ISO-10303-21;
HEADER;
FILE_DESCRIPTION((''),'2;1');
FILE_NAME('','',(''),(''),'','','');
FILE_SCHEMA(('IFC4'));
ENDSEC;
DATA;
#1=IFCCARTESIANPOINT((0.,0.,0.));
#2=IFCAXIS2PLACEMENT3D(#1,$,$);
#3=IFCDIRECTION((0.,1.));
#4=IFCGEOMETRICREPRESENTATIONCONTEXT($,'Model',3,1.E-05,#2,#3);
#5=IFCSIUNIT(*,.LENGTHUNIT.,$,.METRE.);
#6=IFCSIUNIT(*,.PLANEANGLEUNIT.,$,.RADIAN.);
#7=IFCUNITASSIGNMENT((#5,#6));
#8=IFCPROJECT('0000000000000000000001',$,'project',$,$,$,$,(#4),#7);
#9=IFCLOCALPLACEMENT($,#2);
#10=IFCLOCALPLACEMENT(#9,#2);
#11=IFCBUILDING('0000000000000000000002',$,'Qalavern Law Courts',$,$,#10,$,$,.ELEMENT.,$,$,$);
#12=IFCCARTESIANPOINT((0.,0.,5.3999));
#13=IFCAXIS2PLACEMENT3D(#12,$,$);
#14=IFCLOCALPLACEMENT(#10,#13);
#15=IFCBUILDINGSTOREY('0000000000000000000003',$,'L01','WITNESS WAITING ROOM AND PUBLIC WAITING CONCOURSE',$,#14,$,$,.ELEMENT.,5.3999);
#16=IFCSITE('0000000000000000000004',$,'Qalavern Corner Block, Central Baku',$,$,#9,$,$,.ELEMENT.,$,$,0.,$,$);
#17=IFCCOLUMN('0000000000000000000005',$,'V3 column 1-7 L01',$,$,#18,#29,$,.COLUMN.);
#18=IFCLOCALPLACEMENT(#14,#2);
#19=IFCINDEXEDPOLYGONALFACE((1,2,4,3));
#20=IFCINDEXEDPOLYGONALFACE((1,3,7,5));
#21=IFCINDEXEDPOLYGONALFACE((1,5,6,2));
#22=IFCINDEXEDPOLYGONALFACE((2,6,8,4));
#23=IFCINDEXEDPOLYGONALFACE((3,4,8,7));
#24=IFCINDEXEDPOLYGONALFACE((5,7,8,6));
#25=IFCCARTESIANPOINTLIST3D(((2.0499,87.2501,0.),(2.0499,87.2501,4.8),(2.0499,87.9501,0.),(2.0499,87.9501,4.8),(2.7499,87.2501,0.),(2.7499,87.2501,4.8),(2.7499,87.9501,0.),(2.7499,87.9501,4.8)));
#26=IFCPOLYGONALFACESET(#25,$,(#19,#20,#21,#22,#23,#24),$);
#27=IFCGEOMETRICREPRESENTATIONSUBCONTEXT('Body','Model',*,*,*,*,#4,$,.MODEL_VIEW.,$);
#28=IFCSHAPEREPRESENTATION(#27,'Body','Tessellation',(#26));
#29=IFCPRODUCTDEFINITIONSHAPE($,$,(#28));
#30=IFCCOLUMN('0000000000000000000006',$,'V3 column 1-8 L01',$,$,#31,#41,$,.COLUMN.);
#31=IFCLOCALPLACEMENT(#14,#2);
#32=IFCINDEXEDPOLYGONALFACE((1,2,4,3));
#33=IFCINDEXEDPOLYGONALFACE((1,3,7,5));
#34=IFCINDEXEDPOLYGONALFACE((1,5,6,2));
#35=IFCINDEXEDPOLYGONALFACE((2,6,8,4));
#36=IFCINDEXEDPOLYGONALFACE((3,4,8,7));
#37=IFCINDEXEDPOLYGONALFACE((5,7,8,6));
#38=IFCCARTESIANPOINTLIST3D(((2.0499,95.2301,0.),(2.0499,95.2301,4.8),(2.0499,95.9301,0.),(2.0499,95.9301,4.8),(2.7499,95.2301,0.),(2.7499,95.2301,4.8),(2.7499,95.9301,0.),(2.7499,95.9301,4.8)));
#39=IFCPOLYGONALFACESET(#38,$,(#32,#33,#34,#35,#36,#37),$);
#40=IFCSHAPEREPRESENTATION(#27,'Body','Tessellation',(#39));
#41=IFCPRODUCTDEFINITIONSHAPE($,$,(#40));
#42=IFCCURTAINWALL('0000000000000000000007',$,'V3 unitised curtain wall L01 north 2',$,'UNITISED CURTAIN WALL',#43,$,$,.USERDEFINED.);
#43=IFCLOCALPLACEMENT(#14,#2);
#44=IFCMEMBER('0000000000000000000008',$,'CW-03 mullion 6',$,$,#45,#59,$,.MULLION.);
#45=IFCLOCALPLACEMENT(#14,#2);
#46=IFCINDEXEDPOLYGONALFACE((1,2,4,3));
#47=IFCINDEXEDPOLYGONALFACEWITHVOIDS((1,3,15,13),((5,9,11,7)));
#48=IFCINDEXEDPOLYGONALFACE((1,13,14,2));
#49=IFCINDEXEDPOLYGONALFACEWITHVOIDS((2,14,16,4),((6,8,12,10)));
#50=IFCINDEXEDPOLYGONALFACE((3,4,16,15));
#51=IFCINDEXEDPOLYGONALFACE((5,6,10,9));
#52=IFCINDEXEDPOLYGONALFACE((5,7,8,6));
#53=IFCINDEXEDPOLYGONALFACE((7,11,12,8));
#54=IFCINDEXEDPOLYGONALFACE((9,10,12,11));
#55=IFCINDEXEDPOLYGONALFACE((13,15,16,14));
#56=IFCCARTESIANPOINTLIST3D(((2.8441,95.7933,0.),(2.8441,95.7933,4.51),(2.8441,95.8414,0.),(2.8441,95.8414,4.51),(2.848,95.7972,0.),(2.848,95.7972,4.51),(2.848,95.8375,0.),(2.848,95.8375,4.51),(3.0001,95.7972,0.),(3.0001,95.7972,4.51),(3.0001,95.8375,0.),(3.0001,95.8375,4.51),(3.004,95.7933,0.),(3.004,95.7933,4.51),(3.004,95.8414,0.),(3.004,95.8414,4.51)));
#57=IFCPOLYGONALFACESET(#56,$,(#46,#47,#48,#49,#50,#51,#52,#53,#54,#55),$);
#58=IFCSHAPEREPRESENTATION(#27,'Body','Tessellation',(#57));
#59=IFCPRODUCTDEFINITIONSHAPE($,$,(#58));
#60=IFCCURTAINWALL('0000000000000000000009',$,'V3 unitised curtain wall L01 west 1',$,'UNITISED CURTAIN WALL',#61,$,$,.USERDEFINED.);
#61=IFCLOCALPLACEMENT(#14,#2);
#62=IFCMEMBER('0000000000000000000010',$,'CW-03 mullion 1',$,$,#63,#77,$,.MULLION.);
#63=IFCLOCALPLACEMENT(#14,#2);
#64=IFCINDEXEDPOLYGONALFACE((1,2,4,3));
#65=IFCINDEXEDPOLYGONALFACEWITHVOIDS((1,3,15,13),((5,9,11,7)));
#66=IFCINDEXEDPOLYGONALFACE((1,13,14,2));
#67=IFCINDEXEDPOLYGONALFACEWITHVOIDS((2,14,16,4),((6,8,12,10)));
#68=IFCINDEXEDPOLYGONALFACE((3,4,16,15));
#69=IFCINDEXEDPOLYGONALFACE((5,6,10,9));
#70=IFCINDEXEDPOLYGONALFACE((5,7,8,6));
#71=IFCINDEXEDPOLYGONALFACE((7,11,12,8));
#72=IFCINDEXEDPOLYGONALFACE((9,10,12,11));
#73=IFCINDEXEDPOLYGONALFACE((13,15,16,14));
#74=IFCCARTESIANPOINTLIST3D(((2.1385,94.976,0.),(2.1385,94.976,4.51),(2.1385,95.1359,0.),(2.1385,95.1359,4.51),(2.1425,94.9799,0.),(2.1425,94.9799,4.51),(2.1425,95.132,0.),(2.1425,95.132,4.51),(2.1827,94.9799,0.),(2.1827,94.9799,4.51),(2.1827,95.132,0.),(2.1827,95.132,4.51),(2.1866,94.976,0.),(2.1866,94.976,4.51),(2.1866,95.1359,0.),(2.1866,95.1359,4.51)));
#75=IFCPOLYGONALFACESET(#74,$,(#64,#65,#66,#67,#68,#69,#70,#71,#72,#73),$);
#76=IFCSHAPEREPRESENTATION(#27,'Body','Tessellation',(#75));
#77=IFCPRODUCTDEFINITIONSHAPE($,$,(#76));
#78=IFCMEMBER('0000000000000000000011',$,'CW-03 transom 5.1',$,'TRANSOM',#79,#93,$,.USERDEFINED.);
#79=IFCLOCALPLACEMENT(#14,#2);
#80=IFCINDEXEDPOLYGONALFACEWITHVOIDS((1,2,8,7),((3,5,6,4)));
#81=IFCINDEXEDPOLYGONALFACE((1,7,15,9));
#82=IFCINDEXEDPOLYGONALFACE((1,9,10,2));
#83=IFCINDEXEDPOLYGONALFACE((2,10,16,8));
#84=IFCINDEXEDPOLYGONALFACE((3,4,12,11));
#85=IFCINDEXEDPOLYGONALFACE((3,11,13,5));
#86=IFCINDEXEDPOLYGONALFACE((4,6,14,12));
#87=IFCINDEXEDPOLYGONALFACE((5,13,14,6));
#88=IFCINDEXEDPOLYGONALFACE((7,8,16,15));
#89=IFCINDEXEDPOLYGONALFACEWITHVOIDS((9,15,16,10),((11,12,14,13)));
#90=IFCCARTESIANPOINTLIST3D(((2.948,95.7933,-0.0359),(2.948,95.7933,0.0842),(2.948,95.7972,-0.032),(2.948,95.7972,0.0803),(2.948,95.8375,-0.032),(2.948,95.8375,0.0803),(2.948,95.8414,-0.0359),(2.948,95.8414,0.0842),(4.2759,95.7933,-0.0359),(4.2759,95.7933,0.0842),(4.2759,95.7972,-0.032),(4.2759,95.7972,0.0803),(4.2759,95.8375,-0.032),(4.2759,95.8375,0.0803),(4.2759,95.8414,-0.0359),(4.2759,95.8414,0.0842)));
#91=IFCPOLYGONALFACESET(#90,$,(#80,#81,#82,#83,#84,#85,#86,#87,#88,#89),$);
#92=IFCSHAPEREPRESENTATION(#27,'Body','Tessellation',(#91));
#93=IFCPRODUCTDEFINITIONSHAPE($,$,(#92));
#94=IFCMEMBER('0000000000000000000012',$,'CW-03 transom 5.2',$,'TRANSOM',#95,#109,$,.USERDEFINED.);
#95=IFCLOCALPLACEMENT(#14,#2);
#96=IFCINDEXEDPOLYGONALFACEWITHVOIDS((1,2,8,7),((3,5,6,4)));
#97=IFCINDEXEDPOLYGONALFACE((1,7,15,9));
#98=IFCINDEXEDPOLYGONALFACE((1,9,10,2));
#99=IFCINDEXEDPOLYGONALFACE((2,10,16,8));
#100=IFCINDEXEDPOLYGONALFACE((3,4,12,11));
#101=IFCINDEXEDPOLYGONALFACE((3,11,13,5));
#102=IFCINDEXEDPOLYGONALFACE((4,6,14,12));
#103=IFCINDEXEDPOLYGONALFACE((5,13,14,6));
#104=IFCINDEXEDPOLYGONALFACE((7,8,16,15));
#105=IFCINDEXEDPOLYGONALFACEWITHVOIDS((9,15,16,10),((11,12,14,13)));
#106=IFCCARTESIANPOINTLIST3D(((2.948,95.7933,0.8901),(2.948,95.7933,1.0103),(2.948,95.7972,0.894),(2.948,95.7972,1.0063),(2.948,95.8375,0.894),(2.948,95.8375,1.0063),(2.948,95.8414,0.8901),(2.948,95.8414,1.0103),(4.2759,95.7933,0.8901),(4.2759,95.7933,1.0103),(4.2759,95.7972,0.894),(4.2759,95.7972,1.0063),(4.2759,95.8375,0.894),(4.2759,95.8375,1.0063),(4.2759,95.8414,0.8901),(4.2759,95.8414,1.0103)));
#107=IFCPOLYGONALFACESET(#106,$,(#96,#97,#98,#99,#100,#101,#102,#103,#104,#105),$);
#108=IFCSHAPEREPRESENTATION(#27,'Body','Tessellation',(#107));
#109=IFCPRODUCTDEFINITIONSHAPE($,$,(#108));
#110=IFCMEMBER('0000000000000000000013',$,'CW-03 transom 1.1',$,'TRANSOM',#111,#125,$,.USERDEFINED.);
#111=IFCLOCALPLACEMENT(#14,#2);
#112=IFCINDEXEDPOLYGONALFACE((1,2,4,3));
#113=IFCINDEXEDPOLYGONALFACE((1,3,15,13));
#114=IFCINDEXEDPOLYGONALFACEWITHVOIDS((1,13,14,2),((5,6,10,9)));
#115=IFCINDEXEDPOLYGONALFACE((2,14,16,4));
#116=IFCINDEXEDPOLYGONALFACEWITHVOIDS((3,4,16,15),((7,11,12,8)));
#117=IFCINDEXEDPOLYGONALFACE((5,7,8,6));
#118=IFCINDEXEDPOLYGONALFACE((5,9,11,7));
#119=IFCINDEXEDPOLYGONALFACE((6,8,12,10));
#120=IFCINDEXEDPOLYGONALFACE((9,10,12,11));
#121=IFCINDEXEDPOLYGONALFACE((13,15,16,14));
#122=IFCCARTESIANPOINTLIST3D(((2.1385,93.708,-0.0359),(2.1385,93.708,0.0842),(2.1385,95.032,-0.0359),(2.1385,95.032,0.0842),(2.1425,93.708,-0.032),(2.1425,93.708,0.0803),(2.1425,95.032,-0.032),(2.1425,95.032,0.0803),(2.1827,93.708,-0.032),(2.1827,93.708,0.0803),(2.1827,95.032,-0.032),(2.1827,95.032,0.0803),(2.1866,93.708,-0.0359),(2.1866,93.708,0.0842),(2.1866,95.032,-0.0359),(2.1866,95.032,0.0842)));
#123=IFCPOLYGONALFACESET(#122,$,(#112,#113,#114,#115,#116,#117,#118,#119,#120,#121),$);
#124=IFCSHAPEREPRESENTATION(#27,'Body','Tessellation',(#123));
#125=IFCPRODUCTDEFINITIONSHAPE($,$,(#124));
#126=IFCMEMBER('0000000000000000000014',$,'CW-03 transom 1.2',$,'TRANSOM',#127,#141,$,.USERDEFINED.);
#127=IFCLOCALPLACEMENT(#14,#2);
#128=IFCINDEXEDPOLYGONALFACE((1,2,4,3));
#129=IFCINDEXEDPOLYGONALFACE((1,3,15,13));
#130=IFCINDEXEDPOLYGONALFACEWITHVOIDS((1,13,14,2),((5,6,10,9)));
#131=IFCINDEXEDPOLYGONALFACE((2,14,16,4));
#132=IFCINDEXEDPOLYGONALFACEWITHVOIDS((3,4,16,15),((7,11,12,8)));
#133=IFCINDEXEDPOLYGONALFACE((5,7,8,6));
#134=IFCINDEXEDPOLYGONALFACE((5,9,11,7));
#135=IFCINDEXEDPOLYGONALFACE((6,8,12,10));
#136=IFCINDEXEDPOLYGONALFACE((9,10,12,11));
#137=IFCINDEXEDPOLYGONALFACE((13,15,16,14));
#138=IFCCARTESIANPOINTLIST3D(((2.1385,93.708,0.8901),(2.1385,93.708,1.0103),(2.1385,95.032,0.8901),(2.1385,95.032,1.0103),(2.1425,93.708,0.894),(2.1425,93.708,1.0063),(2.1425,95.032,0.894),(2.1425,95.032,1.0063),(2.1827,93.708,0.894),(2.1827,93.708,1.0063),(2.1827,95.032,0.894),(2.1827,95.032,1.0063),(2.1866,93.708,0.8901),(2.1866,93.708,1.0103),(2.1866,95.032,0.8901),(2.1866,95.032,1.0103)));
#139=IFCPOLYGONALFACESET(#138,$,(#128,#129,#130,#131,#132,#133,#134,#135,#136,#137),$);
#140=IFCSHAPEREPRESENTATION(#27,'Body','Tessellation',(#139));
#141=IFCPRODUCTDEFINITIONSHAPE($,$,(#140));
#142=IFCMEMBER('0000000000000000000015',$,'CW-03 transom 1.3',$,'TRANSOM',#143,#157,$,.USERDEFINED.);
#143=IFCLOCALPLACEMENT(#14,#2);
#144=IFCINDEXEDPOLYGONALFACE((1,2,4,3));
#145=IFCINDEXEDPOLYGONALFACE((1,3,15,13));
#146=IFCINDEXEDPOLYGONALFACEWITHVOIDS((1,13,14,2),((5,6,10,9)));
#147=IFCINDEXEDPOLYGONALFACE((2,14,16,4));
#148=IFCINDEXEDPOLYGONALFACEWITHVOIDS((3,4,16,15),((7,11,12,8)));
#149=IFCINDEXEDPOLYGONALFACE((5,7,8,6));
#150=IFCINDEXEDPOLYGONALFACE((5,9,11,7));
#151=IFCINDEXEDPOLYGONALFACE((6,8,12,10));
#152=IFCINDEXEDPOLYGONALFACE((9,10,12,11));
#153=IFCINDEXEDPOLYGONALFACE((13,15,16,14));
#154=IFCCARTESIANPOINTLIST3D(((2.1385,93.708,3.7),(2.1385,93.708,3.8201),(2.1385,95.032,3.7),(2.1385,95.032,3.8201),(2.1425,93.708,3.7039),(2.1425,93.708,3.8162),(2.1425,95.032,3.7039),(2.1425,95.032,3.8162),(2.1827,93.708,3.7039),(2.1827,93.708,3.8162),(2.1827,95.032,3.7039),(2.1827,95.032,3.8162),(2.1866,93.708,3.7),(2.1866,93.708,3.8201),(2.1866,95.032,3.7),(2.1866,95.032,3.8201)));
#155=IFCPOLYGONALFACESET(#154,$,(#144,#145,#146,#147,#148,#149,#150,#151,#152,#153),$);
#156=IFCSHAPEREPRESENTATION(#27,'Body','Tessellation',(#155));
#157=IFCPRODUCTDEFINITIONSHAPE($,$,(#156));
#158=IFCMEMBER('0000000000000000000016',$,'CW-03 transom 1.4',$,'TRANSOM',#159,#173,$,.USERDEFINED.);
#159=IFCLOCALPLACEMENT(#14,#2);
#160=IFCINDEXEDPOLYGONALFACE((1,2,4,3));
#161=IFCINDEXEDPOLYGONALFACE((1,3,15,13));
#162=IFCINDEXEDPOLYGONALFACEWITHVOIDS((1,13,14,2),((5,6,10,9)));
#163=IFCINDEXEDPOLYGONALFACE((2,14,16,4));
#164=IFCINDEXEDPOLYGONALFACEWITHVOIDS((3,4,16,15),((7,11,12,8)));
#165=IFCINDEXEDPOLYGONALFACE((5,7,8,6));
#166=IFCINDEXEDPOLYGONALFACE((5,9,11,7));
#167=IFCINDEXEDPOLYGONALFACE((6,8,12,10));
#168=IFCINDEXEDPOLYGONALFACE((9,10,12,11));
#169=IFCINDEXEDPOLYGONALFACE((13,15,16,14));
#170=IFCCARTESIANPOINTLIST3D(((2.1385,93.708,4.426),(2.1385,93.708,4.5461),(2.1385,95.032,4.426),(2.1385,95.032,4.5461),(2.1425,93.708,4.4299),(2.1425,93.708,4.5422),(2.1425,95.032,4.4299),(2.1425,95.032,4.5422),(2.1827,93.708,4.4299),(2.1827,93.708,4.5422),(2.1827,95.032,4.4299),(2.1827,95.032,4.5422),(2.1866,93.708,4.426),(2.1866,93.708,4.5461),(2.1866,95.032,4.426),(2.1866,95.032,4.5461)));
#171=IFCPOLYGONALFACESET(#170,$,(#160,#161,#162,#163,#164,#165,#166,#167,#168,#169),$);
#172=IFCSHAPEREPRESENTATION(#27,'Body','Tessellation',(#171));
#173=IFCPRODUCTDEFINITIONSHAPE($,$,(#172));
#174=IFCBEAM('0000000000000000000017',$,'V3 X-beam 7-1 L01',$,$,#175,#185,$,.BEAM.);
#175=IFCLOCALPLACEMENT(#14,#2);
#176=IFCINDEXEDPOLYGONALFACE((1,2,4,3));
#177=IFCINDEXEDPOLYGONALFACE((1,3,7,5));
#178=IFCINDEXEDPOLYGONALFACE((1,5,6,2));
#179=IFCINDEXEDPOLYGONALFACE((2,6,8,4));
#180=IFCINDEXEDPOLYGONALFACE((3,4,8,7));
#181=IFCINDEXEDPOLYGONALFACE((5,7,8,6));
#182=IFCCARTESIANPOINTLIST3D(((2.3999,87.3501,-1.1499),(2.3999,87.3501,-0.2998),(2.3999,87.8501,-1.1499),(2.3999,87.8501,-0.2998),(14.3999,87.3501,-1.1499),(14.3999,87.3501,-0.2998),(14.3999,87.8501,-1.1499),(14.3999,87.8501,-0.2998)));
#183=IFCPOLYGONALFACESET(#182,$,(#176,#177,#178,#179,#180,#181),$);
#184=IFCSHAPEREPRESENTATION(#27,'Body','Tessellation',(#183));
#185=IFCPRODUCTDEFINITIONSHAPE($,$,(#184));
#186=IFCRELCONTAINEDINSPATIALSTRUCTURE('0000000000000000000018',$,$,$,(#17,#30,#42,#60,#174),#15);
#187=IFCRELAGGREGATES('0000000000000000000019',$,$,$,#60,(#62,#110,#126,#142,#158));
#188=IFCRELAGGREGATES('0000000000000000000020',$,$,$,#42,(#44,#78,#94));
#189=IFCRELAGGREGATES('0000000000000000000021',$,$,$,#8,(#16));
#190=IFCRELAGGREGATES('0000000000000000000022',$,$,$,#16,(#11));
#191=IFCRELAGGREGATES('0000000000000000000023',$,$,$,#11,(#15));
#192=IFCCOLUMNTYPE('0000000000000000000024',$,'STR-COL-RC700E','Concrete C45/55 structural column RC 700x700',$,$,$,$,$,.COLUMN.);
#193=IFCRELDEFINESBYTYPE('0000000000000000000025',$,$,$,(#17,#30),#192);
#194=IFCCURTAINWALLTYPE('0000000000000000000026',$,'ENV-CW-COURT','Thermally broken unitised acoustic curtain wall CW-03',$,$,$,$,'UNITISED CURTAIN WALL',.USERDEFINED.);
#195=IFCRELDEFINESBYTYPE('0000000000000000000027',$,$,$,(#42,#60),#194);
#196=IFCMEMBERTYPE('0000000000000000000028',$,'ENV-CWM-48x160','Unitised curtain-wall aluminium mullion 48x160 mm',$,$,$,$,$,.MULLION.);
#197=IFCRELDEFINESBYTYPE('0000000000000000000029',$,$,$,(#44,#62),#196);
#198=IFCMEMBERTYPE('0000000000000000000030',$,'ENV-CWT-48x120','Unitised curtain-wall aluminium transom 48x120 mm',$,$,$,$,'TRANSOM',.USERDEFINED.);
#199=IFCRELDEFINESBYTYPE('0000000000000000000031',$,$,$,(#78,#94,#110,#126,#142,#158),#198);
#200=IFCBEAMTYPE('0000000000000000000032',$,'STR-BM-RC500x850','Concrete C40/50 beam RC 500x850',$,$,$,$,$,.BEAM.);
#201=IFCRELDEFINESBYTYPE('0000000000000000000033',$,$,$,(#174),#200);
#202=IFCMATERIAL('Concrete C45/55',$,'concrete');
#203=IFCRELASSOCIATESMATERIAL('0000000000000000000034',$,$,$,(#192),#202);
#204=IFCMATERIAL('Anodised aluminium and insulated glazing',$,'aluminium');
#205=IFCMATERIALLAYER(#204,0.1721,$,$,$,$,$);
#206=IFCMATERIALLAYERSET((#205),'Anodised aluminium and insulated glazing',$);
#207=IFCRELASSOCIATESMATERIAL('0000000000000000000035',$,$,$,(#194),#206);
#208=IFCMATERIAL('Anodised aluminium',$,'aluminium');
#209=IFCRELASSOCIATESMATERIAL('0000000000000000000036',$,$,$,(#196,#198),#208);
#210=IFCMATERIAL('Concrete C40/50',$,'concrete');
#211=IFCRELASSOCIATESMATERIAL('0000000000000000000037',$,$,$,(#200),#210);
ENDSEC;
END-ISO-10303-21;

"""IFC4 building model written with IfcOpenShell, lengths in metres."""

from ifc_helpers import new_model, si_unit, direction, frame, origin, origin_2d, place, context, subcontext, project, spatial, rectangle, hollow_rectangle, extrude, material, layer, layer_set, material_profile, profile_set, type_object, element, aggregate, save


model = new_model("IFC4")

# Units and contexts
model_context = context("Model", 3, precision=1e-05, world=origin(), true_north=direction((0.0, 1.0)))
body_context = subcontext(model_context, "Body", "Model", "MODEL_VIEW")
ifc_project = project(units=[si_unit("LENGTHUNIT", "METRE"), si_unit("PLANEANGLEUNIT", "RADIAN")], contexts=[model_context])

# Site, building, storey
site_placement = place(None, origin())
site = spatial("IfcSite", under=ifc_project, at=site_placement, Name="Qalavern Corner Block, Central Baku", CompositionType="ELEMENT", RefElevation=0.0)
building_placement = place(site_placement, origin())
building = spatial("IfcBuilding", under=site, at=building_placement, Name="Qalavern Law Courts", CompositionType="ELEMENT")
storey_placement = place(building_placement, frame((0.0, 0.0, 5.3999)))
storey = spatial("IfcBuildingStorey", under=building, at=storey_placement, Name="L01", Description="WITNESS WAITING ROOM AND PUBLIC WAITING CONCOURSE", CompositionType="ELEMENT", Elevation=5.3999)

# Columns
ifc_material_1 = material(Name="Concrete C45/55", Category="concrete")
ifc_material_profile_1 = material_profile(ifc_material_1, rectangle(XDim=0.7, YDim=0.7, at=origin_2d()), Name="RC 700x700")
ifc_profile_set_1 = profile_set([ifc_material_profile_1], Name="Concrete C45/55")
column_type = type_object("IfcColumnType", Name="STR-COL-RC700E", Description="Concrete C45/55 structural column RC 700x700", PredefinedType="COLUMN", material=ifc_profile_set_1)
for number, where, z_axis, x_axis, name in (
    (1, (2.3999, 87.6001, 0.0), (0.0, 0.0, 1.0), (1.0, 0.0, 0.0), "V3 column 1-7 L01"),
    (2, (2.3999, 95.5801, 0.0), (0.0, 0.0, 1.0), (1.0, 0.0, 0.0), "V3 column 1-8 L01"),
):
    element("IfcColumn", number, at=place(storey_placement, frame(where, z_axis=z_axis, x_axis=x_axis)), inside=storey, type_object=column_type, Name=name, PredefinedType="COLUMN", context=body_context, shape_type="SweptSolid", body=[
        extrude(rectangle(XDim=0.7, YDim=0.7, at=origin_2d()), origin(), (0.0, 0.0, 1.0), 4.8),
    ])

# Curtain walls, members
ifc_material_2 = material(Name="Anodised aluminium and insulated glazing", Category="aluminium")
ifc_layer_1 = layer(ifc_material_2, 0.1721)
ifc_layer_set_1 = layer_set([ifc_layer_1], Name="Anodised aluminium and insulated glazing")
curtain_wall_type = type_object("IfcCurtainWallType", Name="ENV-CW-COURT", Description="Thermally broken unitised acoustic curtain wall CW-03", ElementType="UNITISED CURTAIN WALL", PredefinedType="USERDEFINED", material=ifc_layer_set_1)
curtain_wall_1_placement = place(storey_placement, origin())
curtain_wall_1 = element("IfcCurtainWall", 3, at=curtain_wall_1_placement, inside=storey, type_object=curtain_wall_type, Name="V3 unitised curtain wall L01 north 2", ObjectType="UNITISED CURTAIN WALL", PredefinedType="USERDEFINED")
ifc_material_3 = material(Name="Anodised aluminium", Category="aluminium")
ifc_material_profile_2 = material_profile(ifc_material_3, hollow_rectangle(XDim=0.0481, YDim=0.1599, WallThickness=0.0039, at=origin_2d()), Name="ALU MULLION 48x160")
ifc_profile_set_2 = profile_set([ifc_material_profile_2], Name="Anodised aluminium")
member_type_1 = type_object("IfcMemberType", Name="ENV-CWM-48x160", Description="Unitised curtain-wall aluminium mullion 48x160 mm", PredefinedType="MULLION", material=ifc_profile_set_2)
member_1_placement = place(storey_placement, frame((2.9241, 95.8174, 0.0), z_axis=(0.0, 0.0, 1.0), x_axis=(0.0, -1.0, 0.0)))
member_1 = element("IfcMember", 4, at=member_1_placement, type_object=member_type_1, Name="CW-03 mullion 6", PredefinedType="MULLION", context=body_context, shape_type="SweptSolid", body=[
    extrude(hollow_rectangle(XDim=0.0481, YDim=0.1599, WallThickness=0.0039, at=origin_2d()), origin(), (0.0, 0.0, 1.0), 4.51),
])
curtain_wall_2_placement = place(storey_placement, origin())
curtain_wall_2 = element("IfcCurtainWall", 5, at=curtain_wall_2_placement, inside=storey, type_object=curtain_wall_type, Name="V3 unitised curtain wall L01 west 1", ObjectType="UNITISED CURTAIN WALL", PredefinedType="USERDEFINED")
member_2_placement = place(storey_placement, frame((2.1626, 95.0559, 0.0), z_axis=(0.0, 0.0, 1.0), x_axis=(1.0, 0.0, 0.0)))
member_2 = element("IfcMember", 6, at=member_2_placement, type_object=member_type_1, Name="CW-03 mullion 1", PredefinedType="MULLION", context=body_context, shape_type="SweptSolid", body=[
    extrude(hollow_rectangle(XDim=0.0481, YDim=0.1599, WallThickness=0.0039, at=origin_2d()), origin(), (0.0, 0.0, 1.0), 4.51),
])

# Members
ifc_material_profile_3 = material_profile(ifc_material_3, hollow_rectangle(XDim=0.0481, YDim=0.1201, WallThickness=0.0039, at=origin_2d()), Name="ALU TRANSOM 48x120")
ifc_profile_set_3 = profile_set([ifc_material_profile_3], Name="Anodised aluminium")
member_type_2 = type_object("IfcMemberType", Name="ENV-CWT-48x120", Description="Unitised curtain-wall aluminium transom 48x120 mm", ElementType="TRANSOM", PredefinedType="USERDEFINED", material=ifc_profile_set_3)
member_3_placement = place(storey_placement, frame((4.2759, 95.8174, 0.0242), z_axis=(-1.0, 0.0, 0.0), x_axis=(0.0, -1.0, 0.0)))
member_3 = element("IfcMember", 7, at=member_3_placement, type_object=member_type_2, Name="CW-03 transom 5.1", ObjectType="TRANSOM", PredefinedType="USERDEFINED", context=body_context, shape_type="SweptSolid", body=[
    extrude(hollow_rectangle(XDim=0.0481, YDim=0.1201, WallThickness=0.0039, at=origin_2d()), origin(), (0.0, 0.0, 1.0), 1.3279),
])
member_4_placement = place(storey_placement, frame((4.2759, 95.8174, 0.9502), z_axis=(-1.0, 0.0, 0.0), x_axis=(0.0, -1.0, 0.0)))
member_4 = element("IfcMember", 8, at=member_4_placement, type_object=member_type_2, Name="CW-03 transom 5.2", ObjectType="TRANSOM", PredefinedType="USERDEFINED", context=body_context, shape_type="SweptSolid", body=[
    extrude(hollow_rectangle(XDim=0.0481, YDim=0.1201, WallThickness=0.0039, at=origin_2d()), origin(), (0.0, 0.0, 1.0), 1.3279),
])
member_5_placement = place(storey_placement, frame((2.1626, 95.032, 0.0242), z_axis=(0.0, -1.0, 0.0), x_axis=(1.0, 0.0, 0.0)))
member_5 = element("IfcMember", 9, at=member_5_placement, type_object=member_type_2, Name="CW-03 transom 1.1", ObjectType="TRANSOM", PredefinedType="USERDEFINED", context=body_context, shape_type="SweptSolid", body=[
    extrude(hollow_rectangle(XDim=0.0481, YDim=0.1201, WallThickness=0.0039, at=origin_2d()), origin(), (0.0, 0.0, 1.0), 1.324),
])
member_6_placement = place(storey_placement, frame((2.1626, 95.032, 0.9502), z_axis=(0.0, -1.0, 0.0), x_axis=(1.0, 0.0, 0.0)))
member_6 = element("IfcMember", 10, at=member_6_placement, type_object=member_type_2, Name="CW-03 transom 1.2", ObjectType="TRANSOM", PredefinedType="USERDEFINED", context=body_context, shape_type="SweptSolid", body=[
    extrude(hollow_rectangle(XDim=0.0481, YDim=0.1201, WallThickness=0.0039, at=origin_2d()), origin(), (0.0, 0.0, 1.0), 1.324),
])
member_7_placement = place(storey_placement, frame((2.1626, 95.032, 3.76), z_axis=(0.0, -1.0, 0.0), x_axis=(1.0, 0.0, 0.0)))
member_7 = element("IfcMember", 11, at=member_7_placement, type_object=member_type_2, Name="CW-03 transom 1.3", ObjectType="TRANSOM", PredefinedType="USERDEFINED", context=body_context, shape_type="SweptSolid", body=[
    extrude(hollow_rectangle(XDim=0.0481, YDim=0.1201, WallThickness=0.0039, at=origin_2d()), origin(), (0.0, 0.0, 1.0), 1.324),
])
member_8_placement = place(storey_placement, frame((2.1626, 95.032, 4.4861), z_axis=(0.0, -1.0, 0.0), x_axis=(1.0, 0.0, 0.0)))
member_8 = element("IfcMember", 12, at=member_8_placement, type_object=member_type_2, Name="CW-03 transom 1.4", ObjectType="TRANSOM", PredefinedType="USERDEFINED", context=body_context, shape_type="SweptSolid", body=[
    extrude(hollow_rectangle(XDim=0.0481, YDim=0.1201, WallThickness=0.0039, at=origin_2d()), origin(), (0.0, 0.0, 1.0), 1.324),
])
aggregate(curtain_wall_2, [member_2, member_5, member_6, member_7, member_8])

# Beam
ifc_material_4 = material(Name="Concrete C40/50", Category="concrete")
ifc_material_profile_4 = material_profile(ifc_material_4, rectangle(XDim=0.5, YDim=0.8501, at=origin_2d()), Name="RC 500x850")
ifc_profile_set_4 = profile_set([ifc_material_profile_4], Name="Concrete C40/50")
beam_type_1 = type_object("IfcBeamType", Name="STR-BM-RC500x850", Description="Concrete C40/50 beam RC 500x850", PredefinedType="BEAM", material=ifc_profile_set_4)
beam_1_placement = place(storey_placement, frame((2.3999, 87.6001, -0.7249), z_axis=(1.0, 0.0, 0.0), x_axis=(0.0, 1.0, 0.0)))
element("IfcBeam", 13, at=beam_1_placement, inside=storey, type_object=beam_type_1, Name="V3 X-beam 7-1 L01", PredefinedType="BEAM", context=body_context, shape_type="SweptSolid", body=[
    extrude(rectangle(XDim=0.5, YDim=0.8501, at=origin_2d()), origin(), (0.0, 0.0, 1.0), 12.0),
])

aggregate(curtain_wall_1, [member_1, member_3, member_4])

save(model, "model.ifc")
